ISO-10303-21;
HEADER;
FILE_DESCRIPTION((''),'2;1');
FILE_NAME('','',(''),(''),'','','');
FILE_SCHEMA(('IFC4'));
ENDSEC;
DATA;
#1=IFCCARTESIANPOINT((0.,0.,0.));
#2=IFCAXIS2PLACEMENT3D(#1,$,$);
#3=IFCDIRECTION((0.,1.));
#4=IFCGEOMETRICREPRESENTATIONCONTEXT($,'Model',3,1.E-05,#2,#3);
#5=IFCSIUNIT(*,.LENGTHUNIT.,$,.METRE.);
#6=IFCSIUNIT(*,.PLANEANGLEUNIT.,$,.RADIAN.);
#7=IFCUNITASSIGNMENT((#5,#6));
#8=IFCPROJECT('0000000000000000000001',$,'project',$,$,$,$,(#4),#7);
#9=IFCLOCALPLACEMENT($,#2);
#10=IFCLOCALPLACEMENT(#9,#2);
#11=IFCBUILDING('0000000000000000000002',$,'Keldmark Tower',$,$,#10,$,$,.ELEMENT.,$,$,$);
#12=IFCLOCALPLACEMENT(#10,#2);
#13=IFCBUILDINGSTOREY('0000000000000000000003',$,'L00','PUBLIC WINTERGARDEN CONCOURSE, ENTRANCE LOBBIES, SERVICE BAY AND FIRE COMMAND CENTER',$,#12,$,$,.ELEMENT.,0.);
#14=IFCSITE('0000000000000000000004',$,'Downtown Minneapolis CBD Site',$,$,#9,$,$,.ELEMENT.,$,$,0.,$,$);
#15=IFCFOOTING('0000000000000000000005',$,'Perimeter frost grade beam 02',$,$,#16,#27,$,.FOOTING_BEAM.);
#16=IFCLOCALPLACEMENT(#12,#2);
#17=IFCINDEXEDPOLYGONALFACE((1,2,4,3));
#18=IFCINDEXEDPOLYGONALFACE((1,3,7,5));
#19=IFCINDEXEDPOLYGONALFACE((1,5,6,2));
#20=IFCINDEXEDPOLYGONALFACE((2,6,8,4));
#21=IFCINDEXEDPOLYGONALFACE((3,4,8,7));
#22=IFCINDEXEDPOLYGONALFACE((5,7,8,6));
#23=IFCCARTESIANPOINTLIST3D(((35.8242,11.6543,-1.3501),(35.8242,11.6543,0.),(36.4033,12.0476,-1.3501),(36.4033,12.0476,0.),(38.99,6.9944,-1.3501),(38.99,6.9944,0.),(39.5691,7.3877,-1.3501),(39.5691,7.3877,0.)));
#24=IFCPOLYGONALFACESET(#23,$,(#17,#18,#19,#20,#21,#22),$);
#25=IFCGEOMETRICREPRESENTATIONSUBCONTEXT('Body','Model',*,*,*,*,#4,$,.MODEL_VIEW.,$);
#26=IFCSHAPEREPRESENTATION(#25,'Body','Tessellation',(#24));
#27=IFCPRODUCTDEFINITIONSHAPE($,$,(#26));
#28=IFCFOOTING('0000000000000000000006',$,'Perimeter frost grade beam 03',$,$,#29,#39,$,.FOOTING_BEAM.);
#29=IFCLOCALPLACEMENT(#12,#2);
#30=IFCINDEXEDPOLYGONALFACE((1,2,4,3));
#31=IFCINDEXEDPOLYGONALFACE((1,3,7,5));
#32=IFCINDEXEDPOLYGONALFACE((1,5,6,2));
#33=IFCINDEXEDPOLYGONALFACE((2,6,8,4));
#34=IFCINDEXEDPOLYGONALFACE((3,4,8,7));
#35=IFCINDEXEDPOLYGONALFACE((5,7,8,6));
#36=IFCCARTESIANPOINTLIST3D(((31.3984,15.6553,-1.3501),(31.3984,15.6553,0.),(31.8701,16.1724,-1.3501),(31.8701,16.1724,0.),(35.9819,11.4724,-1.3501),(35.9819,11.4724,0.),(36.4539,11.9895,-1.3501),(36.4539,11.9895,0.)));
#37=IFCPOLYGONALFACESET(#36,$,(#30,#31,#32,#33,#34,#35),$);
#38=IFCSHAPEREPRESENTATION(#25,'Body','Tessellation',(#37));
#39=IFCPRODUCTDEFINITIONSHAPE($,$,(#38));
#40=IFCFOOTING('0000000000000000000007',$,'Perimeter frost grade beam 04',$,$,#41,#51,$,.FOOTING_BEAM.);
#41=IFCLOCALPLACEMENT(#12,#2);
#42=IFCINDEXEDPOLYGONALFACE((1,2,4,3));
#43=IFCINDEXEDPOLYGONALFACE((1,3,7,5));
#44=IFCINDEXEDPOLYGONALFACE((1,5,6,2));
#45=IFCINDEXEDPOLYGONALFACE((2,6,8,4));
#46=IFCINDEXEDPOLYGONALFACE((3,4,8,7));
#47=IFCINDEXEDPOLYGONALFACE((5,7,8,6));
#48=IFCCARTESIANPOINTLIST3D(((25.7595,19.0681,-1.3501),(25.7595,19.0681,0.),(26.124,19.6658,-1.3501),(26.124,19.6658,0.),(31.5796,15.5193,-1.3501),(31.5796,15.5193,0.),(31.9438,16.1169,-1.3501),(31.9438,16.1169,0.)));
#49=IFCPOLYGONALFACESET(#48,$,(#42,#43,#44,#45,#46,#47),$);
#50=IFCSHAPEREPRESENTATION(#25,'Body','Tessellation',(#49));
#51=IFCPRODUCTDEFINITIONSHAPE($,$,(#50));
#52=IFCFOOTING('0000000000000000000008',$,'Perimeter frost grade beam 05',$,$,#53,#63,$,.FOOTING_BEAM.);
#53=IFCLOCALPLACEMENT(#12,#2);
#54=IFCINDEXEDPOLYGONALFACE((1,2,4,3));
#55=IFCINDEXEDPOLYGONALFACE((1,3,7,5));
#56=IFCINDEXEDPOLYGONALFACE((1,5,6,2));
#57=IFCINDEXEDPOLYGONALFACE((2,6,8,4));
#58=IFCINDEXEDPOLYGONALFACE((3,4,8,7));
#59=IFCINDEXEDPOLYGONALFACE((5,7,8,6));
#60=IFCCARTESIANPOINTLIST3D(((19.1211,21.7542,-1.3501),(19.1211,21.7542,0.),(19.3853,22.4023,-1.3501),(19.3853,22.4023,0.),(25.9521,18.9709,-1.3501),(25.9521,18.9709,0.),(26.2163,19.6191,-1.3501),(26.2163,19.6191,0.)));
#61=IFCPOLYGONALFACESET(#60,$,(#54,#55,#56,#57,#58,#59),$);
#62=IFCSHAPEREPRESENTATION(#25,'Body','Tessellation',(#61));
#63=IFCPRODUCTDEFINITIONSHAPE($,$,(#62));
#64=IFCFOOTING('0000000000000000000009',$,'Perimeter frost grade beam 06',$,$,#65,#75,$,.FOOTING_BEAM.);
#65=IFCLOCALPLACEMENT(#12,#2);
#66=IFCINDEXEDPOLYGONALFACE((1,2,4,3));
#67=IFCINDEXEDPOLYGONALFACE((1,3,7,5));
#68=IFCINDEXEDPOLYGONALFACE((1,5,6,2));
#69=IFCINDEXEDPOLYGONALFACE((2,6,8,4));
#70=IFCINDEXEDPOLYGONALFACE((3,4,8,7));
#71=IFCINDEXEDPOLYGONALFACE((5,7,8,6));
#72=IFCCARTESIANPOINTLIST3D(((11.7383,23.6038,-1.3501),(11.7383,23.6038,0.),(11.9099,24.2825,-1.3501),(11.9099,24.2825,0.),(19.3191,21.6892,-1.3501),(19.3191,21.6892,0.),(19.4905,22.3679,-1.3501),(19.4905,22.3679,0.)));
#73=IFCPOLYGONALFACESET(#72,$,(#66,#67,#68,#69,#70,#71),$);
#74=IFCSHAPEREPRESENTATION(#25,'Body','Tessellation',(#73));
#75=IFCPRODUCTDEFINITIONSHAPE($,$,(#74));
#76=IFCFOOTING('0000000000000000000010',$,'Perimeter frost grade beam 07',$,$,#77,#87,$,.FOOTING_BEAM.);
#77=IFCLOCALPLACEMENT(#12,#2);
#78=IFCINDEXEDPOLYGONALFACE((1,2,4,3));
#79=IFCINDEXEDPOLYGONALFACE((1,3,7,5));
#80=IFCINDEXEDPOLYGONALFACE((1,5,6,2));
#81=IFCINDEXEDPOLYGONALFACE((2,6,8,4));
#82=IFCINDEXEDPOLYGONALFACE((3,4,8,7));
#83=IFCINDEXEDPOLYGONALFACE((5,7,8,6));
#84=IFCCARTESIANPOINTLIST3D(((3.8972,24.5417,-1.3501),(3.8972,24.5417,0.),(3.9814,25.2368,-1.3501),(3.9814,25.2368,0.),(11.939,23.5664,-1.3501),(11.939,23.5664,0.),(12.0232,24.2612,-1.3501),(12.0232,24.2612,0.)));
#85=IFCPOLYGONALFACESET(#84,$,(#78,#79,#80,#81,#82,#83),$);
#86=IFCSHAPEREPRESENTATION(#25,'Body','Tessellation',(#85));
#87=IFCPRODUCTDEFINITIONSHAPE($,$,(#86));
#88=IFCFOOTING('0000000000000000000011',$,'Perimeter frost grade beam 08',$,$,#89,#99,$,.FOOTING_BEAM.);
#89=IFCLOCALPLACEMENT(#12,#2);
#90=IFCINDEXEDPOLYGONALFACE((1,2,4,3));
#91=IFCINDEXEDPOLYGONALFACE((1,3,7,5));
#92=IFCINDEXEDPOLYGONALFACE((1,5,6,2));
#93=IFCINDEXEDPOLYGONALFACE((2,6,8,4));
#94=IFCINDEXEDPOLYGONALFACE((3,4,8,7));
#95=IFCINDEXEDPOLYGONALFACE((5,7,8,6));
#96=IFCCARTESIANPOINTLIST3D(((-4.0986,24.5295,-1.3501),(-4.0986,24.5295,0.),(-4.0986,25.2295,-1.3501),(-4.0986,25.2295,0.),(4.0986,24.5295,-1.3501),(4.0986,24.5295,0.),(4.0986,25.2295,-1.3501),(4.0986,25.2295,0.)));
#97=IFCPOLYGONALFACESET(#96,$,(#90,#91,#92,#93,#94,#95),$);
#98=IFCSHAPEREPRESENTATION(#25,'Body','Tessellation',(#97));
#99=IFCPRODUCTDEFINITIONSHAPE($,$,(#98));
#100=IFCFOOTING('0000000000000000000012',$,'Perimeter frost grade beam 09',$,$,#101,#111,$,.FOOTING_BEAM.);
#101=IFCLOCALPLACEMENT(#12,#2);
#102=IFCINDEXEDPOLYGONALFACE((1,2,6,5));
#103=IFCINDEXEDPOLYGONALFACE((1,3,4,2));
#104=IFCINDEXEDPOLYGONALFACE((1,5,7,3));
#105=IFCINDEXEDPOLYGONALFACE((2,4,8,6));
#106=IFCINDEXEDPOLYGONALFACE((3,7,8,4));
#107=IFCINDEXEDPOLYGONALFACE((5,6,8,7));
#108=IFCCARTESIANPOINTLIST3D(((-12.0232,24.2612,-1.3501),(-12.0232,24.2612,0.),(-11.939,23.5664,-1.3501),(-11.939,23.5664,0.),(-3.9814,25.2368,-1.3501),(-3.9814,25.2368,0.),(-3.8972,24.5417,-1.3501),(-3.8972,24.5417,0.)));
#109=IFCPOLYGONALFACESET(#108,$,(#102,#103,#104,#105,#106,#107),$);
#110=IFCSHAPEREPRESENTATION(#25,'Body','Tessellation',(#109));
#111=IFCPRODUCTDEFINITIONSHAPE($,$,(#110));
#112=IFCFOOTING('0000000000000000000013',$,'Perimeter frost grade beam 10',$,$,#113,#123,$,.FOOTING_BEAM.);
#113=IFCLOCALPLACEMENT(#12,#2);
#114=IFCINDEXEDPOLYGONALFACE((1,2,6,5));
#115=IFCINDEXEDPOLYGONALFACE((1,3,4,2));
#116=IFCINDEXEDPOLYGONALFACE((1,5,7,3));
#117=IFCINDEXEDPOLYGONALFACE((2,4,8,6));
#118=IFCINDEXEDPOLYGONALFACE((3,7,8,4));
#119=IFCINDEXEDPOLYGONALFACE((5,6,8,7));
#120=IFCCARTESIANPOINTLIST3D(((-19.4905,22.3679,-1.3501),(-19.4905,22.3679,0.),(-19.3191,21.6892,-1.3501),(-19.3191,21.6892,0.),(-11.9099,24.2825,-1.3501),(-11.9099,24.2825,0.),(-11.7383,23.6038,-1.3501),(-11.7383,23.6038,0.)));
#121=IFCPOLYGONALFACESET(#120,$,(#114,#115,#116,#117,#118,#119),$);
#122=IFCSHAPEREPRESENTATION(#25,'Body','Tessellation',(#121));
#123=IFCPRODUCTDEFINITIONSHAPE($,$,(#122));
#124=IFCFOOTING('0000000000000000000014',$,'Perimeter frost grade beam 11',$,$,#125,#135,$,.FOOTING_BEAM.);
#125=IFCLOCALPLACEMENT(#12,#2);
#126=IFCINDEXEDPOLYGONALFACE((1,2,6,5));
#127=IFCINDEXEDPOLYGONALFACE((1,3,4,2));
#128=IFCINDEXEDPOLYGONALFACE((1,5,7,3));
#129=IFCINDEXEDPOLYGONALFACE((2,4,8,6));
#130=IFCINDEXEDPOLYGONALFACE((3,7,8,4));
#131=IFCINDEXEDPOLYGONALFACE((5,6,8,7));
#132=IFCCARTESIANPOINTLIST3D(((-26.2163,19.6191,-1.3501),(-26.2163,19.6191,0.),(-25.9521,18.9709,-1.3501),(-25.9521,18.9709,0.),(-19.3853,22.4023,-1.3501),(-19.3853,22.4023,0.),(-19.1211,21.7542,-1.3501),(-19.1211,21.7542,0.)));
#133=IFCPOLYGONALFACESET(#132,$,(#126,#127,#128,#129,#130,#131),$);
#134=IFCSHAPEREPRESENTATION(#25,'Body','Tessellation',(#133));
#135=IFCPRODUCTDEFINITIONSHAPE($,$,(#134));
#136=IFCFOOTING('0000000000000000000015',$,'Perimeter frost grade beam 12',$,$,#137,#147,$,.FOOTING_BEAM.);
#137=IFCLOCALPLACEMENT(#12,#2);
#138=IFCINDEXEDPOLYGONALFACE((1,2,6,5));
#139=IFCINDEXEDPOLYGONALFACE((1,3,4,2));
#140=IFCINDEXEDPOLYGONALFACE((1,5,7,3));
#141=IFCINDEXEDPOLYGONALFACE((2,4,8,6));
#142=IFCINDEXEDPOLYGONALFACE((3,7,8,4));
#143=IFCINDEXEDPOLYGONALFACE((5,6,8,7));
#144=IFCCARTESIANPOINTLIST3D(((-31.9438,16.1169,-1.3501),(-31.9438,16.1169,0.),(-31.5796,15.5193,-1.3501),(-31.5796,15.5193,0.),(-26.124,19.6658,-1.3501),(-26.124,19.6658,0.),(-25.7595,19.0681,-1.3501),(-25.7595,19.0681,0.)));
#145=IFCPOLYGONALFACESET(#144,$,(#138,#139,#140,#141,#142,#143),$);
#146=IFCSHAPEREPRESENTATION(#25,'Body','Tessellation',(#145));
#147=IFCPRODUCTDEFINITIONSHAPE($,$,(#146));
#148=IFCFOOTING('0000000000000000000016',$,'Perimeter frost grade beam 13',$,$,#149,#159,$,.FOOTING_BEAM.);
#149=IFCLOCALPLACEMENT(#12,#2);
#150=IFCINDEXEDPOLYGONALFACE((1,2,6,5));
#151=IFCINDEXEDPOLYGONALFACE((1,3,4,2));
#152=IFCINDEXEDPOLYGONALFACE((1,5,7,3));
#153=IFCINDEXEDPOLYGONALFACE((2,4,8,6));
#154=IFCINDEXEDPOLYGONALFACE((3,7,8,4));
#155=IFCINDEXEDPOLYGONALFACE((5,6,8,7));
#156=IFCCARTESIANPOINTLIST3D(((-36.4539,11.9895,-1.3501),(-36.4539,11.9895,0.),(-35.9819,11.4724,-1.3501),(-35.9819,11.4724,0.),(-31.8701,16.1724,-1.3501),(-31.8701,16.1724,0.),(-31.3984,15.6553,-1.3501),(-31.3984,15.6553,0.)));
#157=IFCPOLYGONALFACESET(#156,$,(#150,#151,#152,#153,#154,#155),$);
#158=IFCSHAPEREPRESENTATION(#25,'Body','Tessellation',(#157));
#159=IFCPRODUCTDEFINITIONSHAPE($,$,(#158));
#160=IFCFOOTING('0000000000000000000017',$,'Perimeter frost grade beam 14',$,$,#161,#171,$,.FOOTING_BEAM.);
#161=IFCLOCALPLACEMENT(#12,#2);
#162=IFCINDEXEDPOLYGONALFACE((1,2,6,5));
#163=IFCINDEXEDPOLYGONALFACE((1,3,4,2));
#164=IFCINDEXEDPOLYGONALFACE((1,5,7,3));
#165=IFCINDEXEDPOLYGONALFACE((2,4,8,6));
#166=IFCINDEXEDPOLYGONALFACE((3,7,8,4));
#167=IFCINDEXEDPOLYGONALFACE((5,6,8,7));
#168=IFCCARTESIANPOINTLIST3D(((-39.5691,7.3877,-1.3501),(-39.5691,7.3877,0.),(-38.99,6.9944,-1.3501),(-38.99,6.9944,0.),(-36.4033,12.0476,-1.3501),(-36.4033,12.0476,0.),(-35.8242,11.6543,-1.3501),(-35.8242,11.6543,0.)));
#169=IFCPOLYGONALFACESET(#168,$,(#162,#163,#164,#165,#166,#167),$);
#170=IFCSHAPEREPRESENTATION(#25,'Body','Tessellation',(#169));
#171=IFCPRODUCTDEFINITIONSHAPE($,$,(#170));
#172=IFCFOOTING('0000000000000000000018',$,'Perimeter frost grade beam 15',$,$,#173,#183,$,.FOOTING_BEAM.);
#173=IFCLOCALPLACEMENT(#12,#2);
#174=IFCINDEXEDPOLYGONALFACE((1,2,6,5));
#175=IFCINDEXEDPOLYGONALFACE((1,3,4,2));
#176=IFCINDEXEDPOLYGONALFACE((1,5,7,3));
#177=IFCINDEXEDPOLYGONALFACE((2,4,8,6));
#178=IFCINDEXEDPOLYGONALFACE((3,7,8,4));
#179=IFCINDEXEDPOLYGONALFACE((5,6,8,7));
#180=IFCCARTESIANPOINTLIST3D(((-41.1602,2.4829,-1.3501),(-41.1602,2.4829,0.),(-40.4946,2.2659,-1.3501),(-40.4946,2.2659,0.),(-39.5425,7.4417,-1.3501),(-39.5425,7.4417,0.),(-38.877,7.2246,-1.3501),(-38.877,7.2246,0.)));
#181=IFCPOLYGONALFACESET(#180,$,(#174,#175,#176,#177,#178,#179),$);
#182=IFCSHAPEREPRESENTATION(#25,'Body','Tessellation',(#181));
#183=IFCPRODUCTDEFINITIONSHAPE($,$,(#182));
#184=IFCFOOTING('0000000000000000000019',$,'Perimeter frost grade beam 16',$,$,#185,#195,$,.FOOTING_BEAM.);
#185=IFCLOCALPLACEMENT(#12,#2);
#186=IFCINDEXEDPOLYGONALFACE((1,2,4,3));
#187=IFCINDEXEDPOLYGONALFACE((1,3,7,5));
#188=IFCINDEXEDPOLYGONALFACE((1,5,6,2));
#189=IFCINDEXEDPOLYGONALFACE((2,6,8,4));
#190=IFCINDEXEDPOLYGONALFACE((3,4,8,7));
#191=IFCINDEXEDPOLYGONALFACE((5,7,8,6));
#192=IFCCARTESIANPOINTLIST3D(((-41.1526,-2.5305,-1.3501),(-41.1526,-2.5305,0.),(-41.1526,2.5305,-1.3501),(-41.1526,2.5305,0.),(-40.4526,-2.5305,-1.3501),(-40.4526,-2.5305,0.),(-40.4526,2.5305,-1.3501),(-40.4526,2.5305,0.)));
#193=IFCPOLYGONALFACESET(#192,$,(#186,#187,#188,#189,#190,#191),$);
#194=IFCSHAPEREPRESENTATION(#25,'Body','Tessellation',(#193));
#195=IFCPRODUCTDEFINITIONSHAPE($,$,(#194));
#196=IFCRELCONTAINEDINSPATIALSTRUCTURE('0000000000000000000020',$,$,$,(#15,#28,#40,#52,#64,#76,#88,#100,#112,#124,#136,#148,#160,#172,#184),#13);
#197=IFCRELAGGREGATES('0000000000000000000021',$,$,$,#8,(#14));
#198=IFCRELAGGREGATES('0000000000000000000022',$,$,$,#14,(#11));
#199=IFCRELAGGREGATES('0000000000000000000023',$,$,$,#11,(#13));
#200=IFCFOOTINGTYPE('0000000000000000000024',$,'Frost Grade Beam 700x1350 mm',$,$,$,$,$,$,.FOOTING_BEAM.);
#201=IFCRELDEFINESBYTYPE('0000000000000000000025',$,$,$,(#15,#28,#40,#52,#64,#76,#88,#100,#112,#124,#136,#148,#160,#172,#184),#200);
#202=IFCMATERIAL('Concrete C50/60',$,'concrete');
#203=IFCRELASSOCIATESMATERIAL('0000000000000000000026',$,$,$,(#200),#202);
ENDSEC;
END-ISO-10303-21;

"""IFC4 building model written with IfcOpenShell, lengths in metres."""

from ifc_helpers import new_model, si_unit, direction, frame, origin, place, context, subcontext, project, spatial, polyline, outline, extrude, material, type_object, element, save


model = new_model("IFC4")

# Units and contexts
model_context = context("Model", 3, precision=1e-05, world=origin(), true_north=direction((0.0, 1.0)))
body_context = subcontext(model_context, "Body", "Model", "MODEL_VIEW")
ifc_project = project(units=[si_unit("LENGTHUNIT", "METRE"), si_unit("PLANEANGLEUNIT", "RADIAN")], contexts=[model_context])

# Site, building, storey
site_placement = place(None, origin())
site = spatial("IfcSite", under=ifc_project, at=site_placement, Name="Downtown Minneapolis CBD Site", CompositionType="ELEMENT", RefElevation=0.0)
building_placement = place(site_placement, origin())
building = spatial("IfcBuilding", under=site, at=building_placement, Name="Keldmark Tower", CompositionType="ELEMENT")
storey_placement = place(building_placement, origin())
storey = spatial("IfcBuildingStorey", under=building, at=storey_placement, Name="L00", Description="PUBLIC WINTERGARDEN CONCOURSE, ENTRANCE LOBBIES, SERVICE BAY AND FIRE COMMAND CENTER", CompositionType="ELEMENT", Elevation=0.0)

# Footings
ifc_material_1 = material(Name="Concrete C50/60", Category="concrete")
footing_type_1 = type_object("IfcFootingType", Name="Frost Grade Beam 700x1350 mm", PredefinedType="FOOTING_BEAM", material=ifc_material_1)
footing_1_placement = place(storey_placement, frame((0.0, 0.0, -1.3501)))
element("IfcFooting", 1, at=footing_1_placement, inside=storey, type_object=footing_type_1, Name="Perimeter frost grade beam 02", PredefinedType="FOOTING_BEAM", context=body_context, shape_type="SweptSolid", body=[
    extrude(outline(polyline([(39.5691, 7.3877), (36.4033, 12.0476), (35.8242, 11.6543), (38.99, 6.9944), (39.5691, 7.3877)])), origin(), (0.0, 0.0, 1.0), 1.3501),
])
footing_2_placement = place(storey_placement, frame((0.0, 0.0, -1.3501)))
element("IfcFooting", 2, at=footing_2_placement, inside=storey, type_object=footing_type_1, Name="Perimeter frost grade beam 03", PredefinedType="FOOTING_BEAM", context=body_context, shape_type="SweptSolid", body=[
    extrude(outline(polyline([(36.4539, 11.9895), (31.8701, 16.1724), (31.3984, 15.6553), (35.9819, 11.4724), (36.4539, 11.9895)])), origin(), (0.0, 0.0, 1.0), 1.3501),
])
footing_3_placement = place(storey_placement, frame((0.0, 0.0, -1.3501)))
element("IfcFooting", 3, at=footing_3_placement, inside=storey, type_object=footing_type_1, Name="Perimeter frost grade beam 04", PredefinedType="FOOTING_BEAM", context=body_context, shape_type="SweptSolid", body=[
    extrude(outline(polyline([(31.9438, 16.1169), (26.124, 19.6658), (25.7595, 19.0681), (31.5796, 15.5193), (31.9438, 16.1169)])), origin(), (0.0, 0.0, 1.0), 1.3501),
])
footing_4_placement = place(storey_placement, frame((0.0, 0.0, -1.3501)))
element("IfcFooting", 4, at=footing_4_placement, inside=storey, type_object=footing_type_1, Name="Perimeter frost grade beam 05", PredefinedType="FOOTING_BEAM", context=body_context, shape_type="SweptSolid", body=[
    extrude(outline(polyline([(26.2163, 19.6191), (19.3853, 22.4023), (19.1211, 21.7542), (25.9521, 18.9709), (26.2163, 19.6191)])), origin(), (0.0, 0.0, 1.0), 1.3501),
])
footing_5_placement = place(storey_placement, frame((0.0, 0.0, -1.3501)))
element("IfcFooting", 5, at=footing_5_placement, inside=storey, type_object=footing_type_1, Name="Perimeter frost grade beam 06", PredefinedType="FOOTING_BEAM", context=body_context, shape_type="SweptSolid", body=[
    extrude(outline(polyline([(19.4905, 22.3679), (11.9099, 24.2825), (11.7383, 23.6038), (19.3191, 21.6892), (19.4905, 22.3679)])), origin(), (0.0, 0.0, 1.0), 1.3501),
])
footing_6_placement = place(storey_placement, frame((0.0, 0.0, -1.3501)))
element("IfcFooting", 6, at=footing_6_placement, inside=storey, type_object=footing_type_1, Name="Perimeter frost grade beam 07", PredefinedType="FOOTING_BEAM", context=body_context, shape_type="SweptSolid", body=[
    extrude(outline(polyline([(12.0232, 24.2612), (3.9814, 25.2368), (3.8972, 24.5417), (11.939, 23.5664), (12.0232, 24.2612)])), origin(), (0.0, 0.0, 1.0), 1.3501),
])
footing_7_placement = place(storey_placement, frame((0.0, 0.0, -1.3501)))
element("IfcFooting", 7, at=footing_7_placement, inside=storey, type_object=footing_type_1, Name="Perimeter frost grade beam 08", PredefinedType="FOOTING_BEAM", context=body_context, shape_type="SweptSolid", body=[
    extrude(outline(polyline([(4.0986, 25.2295), (-4.0986, 25.2295), (-4.0986, 24.5295), (4.0986, 24.5295), (4.0986, 25.2295)])), origin(), (0.0, 0.0, 1.0), 1.3501),
])
footing_8_placement = place(storey_placement, frame((0.0, 0.0, -1.3501)))
element("IfcFooting", 8, at=footing_8_placement, inside=storey, type_object=footing_type_1, Name="Perimeter frost grade beam 09", PredefinedType="FOOTING_BEAM", context=body_context, shape_type="SweptSolid", body=[
    extrude(outline(polyline([(-3.9814, 25.2368), (-12.0232, 24.2612), (-11.939, 23.5664), (-3.8972, 24.5417), (-3.9814, 25.2368)])), origin(), (0.0, 0.0, 1.0), 1.3501),
])
footing_9_placement = place(storey_placement, frame((0.0, 0.0, -1.3501)))
element("IfcFooting", 9, at=footing_9_placement, inside=storey, type_object=footing_type_1, Name="Perimeter frost grade beam 10", PredefinedType="FOOTING_BEAM", context=body_context, shape_type="SweptSolid", body=[
    extrude(outline(polyline([(-11.9099, 24.2825), (-19.4905, 22.3679), (-19.3191, 21.6892), (-11.7383, 23.6038), (-11.9099, 24.2825)])), origin(), (0.0, 0.0, 1.0), 1.3501),
])
footing_10_placement = place(storey_placement, frame((0.0, 0.0, -1.3501)))
element("IfcFooting", 10, at=footing_10_placement, inside=storey, type_object=footing_type_1, Name="Perimeter frost grade beam 11", PredefinedType="FOOTING_BEAM", context=body_context, shape_type="SweptSolid", body=[
    extrude(outline(polyline([(-19.3853, 22.4023), (-26.2163, 19.6191), (-25.9521, 18.9709), (-19.1211, 21.7542), (-19.3853, 22.4023)])), origin(), (0.0, 0.0, 1.0), 1.3501),
])
footing_11_placement = place(storey_placement, frame((0.0, 0.0, -1.3501)))
element("IfcFooting", 11, at=footing_11_placement, inside=storey, type_object=footing_type_1, Name="Perimeter frost grade beam 12", PredefinedType="FOOTING_BEAM", context=body_context, shape_type="SweptSolid", body=[
    extrude(outline(polyline([(-26.124, 19.6658), (-31.9438, 16.1169), (-31.5796, 15.5193), (-25.7595, 19.0681), (-26.124, 19.6658)])), origin(), (0.0, 0.0, 1.0), 1.3501),
])
footing_12_placement = place(storey_placement, frame((0.0, 0.0, -1.3501)))
element("IfcFooting", 12, at=footing_12_placement, inside=storey, type_object=footing_type_1, Name="Perimeter frost grade beam 13", PredefinedType="FOOTING_BEAM", context=body_context, shape_type="SweptSolid", body=[
    extrude(outline(polyline([(-31.8701, 16.1724), (-36.4539, 11.9895), (-35.9819, 11.4724), (-31.3984, 15.6553), (-31.8701, 16.1724)])), origin(), (0.0, 0.0, 1.0), 1.3501),
])
footing_13_placement = place(storey_placement, frame((0.0, 0.0, -1.3501)))
element("IfcFooting", 13, at=footing_13_placement, inside=storey, type_object=footing_type_1, Name="Perimeter frost grade beam 14", PredefinedType="FOOTING_BEAM", context=body_context, shape_type="SweptSolid", body=[
    extrude(outline(polyline([(-36.4033, 12.0476), (-39.5691, 7.3877), (-38.99, 6.9944), (-35.8242, 11.6543), (-36.4033, 12.0476)])), origin(), (0.0, 0.0, 1.0), 1.3501),
])
footing_14_placement = place(storey_placement, frame((0.0, 0.0, -1.3501)))
element("IfcFooting", 14, at=footing_14_placement, inside=storey, type_object=footing_type_1, Name="Perimeter frost grade beam 15", PredefinedType="FOOTING_BEAM", context=body_context, shape_type="SweptSolid", body=[
    extrude(outline(polyline([(-39.5425, 7.4417), (-41.1602, 2.4829), (-40.4946, 2.2659), (-38.877, 7.2246), (-39.5425, 7.4417)])), origin(), (0.0, 0.0, 1.0), 1.3501),
])
footing_15_placement = place(storey_placement, frame((0.0, 0.0, -1.3501)))
element("IfcFooting", 15, at=footing_15_placement, inside=storey, type_object=footing_type_1, Name="Perimeter frost grade beam 16", PredefinedType="FOOTING_BEAM", context=body_context, shape_type="SweptSolid", body=[
    extrude(outline(polyline([(-41.1526, 2.5305), (-41.1526, -2.5305), (-40.4526, -2.5305), (-40.4526, 2.5305), (-41.1526, 2.5305)])), origin(), (0.0, 0.0, 1.0), 1.3501),
])

save(model, "model.ifc")
